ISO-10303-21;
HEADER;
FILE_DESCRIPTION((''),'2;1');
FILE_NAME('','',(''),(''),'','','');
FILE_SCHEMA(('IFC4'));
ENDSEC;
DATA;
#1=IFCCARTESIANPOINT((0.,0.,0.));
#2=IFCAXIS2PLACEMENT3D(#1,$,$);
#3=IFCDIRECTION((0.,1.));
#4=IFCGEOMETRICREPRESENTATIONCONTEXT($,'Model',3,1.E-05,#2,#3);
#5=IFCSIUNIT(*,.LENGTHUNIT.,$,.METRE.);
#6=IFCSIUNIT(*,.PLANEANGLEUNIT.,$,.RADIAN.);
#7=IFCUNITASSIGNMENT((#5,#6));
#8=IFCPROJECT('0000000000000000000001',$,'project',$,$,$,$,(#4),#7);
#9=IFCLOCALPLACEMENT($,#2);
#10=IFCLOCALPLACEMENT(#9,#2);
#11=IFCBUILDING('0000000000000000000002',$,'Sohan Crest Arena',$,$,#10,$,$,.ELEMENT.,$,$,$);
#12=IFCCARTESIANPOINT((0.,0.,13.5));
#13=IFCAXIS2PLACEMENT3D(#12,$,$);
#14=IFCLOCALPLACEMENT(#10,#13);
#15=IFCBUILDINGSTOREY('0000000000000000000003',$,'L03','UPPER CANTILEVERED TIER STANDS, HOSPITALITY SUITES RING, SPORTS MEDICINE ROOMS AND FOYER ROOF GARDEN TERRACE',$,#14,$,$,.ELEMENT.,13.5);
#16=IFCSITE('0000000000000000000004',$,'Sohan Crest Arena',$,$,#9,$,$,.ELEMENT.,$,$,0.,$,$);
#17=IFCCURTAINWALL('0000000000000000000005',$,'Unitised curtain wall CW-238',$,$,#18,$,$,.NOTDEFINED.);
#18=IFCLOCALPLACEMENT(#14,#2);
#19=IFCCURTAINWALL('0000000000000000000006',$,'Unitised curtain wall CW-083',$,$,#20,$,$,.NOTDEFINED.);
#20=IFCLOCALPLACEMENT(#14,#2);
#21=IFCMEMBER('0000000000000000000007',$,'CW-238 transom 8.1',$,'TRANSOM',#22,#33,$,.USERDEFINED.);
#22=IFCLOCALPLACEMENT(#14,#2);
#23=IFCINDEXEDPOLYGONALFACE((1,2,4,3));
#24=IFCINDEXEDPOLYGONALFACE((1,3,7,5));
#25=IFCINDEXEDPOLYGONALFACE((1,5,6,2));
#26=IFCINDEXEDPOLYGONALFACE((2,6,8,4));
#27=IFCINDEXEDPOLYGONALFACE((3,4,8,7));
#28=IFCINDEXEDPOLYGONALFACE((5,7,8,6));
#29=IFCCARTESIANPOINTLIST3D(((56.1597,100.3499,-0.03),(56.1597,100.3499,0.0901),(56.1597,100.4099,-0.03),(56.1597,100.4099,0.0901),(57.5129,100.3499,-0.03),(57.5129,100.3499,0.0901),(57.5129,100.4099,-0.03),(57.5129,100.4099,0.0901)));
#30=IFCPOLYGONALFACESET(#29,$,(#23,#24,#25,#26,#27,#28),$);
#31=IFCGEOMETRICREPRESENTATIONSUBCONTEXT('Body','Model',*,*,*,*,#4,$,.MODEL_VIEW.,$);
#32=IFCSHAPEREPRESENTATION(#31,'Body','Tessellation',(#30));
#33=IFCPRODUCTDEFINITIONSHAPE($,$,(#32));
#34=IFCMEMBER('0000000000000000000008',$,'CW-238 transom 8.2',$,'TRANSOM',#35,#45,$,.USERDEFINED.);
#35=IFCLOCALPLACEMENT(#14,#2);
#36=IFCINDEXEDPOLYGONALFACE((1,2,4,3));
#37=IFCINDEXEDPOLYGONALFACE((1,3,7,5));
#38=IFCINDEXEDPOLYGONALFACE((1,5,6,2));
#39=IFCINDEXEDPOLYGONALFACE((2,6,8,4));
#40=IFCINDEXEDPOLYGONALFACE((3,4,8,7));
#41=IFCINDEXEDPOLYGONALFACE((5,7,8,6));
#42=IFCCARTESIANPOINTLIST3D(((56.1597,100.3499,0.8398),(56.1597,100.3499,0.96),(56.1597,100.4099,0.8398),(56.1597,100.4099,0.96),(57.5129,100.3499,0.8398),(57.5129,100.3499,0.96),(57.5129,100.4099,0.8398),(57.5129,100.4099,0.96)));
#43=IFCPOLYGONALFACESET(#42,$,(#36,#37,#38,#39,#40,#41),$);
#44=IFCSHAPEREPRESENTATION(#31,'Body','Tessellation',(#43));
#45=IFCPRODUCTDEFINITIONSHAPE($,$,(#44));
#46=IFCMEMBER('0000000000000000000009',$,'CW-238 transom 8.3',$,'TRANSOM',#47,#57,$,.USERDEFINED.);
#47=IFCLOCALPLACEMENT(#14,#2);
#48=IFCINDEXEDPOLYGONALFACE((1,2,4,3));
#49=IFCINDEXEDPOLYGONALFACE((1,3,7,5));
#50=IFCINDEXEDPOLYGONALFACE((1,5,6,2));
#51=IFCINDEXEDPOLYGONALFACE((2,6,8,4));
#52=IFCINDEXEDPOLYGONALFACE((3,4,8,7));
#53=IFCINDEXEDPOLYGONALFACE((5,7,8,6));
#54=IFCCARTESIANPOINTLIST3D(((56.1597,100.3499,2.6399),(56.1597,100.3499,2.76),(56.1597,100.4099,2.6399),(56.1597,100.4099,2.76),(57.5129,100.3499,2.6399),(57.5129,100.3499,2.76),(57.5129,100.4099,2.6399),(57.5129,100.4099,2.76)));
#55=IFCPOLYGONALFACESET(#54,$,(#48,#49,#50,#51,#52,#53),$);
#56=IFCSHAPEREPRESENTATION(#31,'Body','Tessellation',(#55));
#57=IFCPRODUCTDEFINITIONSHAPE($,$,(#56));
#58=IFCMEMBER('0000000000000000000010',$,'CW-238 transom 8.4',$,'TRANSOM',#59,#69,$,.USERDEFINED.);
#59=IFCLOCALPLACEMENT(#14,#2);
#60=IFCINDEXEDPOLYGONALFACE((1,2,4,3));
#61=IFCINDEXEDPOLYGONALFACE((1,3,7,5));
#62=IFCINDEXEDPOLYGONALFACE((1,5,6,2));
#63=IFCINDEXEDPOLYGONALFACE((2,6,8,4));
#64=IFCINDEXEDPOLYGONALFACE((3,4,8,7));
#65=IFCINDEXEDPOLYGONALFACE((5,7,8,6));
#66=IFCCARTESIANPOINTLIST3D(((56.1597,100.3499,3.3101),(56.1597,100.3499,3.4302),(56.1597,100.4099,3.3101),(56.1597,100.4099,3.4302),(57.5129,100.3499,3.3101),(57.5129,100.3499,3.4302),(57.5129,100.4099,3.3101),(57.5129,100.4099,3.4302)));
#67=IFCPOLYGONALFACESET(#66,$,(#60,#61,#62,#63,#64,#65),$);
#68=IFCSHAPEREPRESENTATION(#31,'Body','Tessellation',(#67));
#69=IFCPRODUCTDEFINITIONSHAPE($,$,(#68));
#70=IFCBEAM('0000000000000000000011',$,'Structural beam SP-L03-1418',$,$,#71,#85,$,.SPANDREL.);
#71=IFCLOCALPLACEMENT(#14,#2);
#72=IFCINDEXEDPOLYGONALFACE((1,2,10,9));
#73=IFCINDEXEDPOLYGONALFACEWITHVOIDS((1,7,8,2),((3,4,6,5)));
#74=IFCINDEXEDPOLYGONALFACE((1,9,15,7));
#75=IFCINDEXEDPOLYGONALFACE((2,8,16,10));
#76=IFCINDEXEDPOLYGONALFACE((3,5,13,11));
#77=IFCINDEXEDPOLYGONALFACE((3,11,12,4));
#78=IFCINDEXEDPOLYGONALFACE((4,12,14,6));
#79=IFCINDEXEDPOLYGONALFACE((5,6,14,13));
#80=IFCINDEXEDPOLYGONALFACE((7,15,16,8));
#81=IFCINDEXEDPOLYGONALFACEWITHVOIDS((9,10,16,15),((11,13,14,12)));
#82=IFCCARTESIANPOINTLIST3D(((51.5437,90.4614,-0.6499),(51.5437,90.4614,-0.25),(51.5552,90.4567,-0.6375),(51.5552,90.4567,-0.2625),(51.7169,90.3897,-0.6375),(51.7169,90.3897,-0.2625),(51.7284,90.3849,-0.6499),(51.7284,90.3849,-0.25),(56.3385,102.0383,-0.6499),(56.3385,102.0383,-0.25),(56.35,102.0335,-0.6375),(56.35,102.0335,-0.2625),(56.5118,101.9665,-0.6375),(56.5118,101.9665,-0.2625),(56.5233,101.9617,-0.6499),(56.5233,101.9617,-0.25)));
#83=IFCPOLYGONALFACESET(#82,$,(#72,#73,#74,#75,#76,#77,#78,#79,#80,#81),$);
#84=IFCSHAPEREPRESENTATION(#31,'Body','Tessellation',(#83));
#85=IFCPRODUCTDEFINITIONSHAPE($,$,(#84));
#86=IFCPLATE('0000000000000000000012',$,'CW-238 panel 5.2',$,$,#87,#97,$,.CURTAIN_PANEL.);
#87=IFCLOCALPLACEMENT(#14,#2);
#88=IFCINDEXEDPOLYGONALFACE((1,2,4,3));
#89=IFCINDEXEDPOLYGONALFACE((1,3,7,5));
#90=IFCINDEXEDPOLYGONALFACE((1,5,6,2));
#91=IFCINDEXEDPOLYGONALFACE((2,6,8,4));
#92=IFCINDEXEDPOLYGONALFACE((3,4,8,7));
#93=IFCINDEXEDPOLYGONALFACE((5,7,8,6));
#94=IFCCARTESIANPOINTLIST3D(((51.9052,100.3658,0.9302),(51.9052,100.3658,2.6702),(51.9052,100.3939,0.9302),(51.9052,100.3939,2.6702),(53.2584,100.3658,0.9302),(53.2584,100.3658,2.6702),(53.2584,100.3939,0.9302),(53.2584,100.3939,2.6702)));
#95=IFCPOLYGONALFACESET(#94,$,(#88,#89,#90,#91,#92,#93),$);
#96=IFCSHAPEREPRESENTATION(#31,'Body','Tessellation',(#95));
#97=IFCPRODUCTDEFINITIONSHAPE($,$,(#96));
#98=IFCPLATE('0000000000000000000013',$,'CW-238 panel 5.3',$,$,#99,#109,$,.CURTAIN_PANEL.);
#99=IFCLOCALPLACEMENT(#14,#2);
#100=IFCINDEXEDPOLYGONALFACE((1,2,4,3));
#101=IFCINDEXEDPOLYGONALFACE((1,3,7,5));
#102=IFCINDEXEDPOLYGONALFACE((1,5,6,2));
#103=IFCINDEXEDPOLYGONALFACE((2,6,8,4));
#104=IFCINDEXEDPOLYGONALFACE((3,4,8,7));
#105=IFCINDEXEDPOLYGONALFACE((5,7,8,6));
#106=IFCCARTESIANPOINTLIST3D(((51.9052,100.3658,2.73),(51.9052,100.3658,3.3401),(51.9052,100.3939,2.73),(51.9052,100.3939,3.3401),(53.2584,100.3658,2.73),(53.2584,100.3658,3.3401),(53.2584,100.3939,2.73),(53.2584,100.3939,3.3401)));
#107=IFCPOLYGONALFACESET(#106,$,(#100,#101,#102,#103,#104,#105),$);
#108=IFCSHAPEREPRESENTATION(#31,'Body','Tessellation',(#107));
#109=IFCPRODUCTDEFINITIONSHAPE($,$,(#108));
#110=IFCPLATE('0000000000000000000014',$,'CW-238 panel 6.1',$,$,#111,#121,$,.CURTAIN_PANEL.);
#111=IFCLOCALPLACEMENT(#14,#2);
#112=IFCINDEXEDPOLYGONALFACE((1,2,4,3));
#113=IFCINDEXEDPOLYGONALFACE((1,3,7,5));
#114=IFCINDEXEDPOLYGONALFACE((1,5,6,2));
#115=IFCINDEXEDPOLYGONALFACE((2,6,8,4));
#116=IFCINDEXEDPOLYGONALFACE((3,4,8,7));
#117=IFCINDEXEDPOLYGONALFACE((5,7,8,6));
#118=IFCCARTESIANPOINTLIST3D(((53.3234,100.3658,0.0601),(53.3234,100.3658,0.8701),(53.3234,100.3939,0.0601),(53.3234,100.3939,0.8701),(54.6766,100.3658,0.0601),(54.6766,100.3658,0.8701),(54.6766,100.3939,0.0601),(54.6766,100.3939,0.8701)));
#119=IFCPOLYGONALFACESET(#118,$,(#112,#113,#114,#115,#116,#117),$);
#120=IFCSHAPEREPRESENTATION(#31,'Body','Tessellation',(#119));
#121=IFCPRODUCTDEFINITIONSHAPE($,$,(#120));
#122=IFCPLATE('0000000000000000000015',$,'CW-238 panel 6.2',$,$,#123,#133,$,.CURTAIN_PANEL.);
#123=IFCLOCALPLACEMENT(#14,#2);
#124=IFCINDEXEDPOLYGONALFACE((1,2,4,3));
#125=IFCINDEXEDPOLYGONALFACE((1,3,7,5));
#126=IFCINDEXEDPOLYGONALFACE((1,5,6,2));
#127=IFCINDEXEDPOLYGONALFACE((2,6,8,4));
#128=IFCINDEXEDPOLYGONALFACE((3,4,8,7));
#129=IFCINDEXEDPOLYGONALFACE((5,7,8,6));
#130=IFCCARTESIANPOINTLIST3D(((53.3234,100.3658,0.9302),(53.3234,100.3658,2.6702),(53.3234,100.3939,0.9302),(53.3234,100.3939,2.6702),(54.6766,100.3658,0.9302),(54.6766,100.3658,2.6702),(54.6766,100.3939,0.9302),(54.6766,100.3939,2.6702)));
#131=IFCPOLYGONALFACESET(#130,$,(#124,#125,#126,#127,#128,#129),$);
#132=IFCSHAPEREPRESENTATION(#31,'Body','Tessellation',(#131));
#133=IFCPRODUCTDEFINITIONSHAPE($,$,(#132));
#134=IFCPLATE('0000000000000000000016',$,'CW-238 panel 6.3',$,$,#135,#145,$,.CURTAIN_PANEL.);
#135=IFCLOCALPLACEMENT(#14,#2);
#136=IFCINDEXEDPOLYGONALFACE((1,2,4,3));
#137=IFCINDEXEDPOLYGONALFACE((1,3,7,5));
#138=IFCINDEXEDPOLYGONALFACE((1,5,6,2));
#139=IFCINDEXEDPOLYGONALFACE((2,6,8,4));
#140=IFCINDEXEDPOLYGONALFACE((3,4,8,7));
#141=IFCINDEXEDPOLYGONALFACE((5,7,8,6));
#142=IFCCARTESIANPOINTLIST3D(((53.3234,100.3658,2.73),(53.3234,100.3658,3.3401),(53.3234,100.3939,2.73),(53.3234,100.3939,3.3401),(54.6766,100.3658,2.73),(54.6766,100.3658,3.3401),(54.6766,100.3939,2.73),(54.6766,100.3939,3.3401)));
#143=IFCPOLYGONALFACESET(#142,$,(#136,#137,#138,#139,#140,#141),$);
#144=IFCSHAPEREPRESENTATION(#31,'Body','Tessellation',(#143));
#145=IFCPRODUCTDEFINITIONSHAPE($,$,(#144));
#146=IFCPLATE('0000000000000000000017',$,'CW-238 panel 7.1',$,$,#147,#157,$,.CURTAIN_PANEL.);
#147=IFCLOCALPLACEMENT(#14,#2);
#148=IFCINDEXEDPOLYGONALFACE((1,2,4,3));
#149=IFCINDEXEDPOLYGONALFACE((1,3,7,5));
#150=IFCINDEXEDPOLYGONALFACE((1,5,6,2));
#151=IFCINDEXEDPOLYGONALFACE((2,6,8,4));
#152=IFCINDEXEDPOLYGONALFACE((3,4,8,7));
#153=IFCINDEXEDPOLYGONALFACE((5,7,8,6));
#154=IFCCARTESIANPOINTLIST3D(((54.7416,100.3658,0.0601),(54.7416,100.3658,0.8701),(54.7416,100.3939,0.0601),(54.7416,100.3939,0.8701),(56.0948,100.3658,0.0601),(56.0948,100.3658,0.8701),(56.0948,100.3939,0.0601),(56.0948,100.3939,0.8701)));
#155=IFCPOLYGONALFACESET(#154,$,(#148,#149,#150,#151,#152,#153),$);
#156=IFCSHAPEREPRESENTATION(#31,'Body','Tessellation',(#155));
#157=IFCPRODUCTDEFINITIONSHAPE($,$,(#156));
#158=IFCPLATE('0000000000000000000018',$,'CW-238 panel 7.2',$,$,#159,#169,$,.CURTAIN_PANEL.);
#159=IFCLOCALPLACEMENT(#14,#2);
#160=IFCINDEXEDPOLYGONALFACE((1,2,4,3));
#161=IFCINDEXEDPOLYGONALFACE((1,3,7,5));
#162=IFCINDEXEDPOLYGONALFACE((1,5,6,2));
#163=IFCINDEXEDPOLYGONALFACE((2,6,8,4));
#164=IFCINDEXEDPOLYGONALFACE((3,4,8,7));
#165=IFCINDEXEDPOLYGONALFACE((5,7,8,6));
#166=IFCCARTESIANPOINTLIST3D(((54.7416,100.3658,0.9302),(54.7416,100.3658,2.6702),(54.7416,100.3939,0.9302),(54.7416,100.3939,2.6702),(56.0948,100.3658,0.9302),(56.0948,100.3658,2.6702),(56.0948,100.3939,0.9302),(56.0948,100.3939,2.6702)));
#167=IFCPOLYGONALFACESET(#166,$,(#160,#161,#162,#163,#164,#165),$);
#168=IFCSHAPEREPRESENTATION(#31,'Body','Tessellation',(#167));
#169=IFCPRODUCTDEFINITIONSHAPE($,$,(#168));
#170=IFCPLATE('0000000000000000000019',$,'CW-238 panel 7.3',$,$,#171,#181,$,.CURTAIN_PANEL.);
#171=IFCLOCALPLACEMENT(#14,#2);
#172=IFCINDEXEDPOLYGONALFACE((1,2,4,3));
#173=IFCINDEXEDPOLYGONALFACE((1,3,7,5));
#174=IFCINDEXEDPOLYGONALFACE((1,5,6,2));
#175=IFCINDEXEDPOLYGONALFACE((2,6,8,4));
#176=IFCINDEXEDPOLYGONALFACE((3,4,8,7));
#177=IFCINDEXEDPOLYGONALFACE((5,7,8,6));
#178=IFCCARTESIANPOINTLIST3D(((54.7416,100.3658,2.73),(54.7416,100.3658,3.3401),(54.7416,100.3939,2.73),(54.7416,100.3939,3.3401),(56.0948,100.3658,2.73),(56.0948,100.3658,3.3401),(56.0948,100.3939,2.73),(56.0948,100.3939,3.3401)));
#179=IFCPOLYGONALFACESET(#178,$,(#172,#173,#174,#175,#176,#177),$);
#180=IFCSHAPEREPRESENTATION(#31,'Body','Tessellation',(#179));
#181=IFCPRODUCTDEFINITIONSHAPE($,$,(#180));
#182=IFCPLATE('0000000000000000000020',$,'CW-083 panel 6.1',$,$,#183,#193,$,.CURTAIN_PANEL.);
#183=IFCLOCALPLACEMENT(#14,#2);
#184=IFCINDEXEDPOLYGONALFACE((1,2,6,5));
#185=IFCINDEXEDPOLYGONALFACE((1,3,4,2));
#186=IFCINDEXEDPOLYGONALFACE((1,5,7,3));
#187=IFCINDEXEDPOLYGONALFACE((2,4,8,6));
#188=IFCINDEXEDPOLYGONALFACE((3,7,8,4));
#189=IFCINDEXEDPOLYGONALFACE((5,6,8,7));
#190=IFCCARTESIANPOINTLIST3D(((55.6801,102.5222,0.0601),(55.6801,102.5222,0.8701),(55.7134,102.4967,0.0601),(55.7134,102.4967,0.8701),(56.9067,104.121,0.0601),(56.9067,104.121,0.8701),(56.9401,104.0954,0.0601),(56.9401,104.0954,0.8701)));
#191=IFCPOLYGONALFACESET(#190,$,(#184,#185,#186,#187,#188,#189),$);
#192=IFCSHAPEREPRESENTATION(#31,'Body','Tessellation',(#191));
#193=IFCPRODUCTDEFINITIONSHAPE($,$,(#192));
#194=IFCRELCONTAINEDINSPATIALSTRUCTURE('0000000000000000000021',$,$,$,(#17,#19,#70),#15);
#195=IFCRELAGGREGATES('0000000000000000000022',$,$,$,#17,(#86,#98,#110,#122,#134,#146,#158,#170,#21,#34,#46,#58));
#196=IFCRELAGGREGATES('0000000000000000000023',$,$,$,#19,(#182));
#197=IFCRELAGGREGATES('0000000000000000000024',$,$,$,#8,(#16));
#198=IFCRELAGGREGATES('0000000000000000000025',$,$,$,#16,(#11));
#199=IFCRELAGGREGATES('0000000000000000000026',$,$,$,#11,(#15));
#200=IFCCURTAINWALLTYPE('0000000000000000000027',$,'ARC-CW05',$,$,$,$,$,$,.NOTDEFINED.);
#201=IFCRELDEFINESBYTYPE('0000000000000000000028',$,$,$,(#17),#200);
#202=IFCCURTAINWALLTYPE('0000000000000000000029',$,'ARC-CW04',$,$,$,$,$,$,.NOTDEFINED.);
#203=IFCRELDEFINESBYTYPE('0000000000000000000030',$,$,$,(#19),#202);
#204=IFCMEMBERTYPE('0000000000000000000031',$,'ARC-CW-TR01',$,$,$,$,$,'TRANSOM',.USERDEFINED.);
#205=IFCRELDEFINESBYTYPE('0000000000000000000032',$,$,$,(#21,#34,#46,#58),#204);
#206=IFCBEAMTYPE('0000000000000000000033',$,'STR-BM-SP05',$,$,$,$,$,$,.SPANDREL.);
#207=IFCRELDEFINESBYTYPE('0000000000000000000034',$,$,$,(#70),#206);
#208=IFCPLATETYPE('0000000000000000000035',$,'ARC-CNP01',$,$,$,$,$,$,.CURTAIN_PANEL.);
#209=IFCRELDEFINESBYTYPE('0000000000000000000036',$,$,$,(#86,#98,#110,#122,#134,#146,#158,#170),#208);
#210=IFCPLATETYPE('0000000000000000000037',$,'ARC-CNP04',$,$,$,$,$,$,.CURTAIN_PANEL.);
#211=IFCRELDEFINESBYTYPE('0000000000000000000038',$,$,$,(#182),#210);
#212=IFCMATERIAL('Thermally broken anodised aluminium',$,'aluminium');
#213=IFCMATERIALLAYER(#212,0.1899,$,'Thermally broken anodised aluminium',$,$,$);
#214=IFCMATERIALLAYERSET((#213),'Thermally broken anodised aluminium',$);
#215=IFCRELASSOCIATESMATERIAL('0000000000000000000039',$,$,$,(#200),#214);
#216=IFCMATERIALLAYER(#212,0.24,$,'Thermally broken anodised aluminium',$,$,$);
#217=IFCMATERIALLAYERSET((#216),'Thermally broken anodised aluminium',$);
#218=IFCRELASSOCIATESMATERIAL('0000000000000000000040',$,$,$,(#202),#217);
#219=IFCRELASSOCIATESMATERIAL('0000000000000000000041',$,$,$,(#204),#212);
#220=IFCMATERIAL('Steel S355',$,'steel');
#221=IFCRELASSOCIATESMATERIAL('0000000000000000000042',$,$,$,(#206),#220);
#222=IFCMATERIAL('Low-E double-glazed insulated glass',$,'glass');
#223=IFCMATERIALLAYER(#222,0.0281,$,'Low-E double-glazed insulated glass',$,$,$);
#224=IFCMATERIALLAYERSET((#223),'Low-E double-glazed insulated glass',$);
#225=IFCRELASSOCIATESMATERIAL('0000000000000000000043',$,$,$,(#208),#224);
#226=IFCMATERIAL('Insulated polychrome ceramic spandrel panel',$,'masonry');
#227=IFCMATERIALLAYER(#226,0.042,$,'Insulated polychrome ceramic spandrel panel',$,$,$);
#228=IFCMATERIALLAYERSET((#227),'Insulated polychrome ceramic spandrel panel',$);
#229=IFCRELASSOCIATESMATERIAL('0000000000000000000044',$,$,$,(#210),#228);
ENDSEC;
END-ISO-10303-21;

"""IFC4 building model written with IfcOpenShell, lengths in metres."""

from ifc_helpers import new_model, si_unit, direction, frame, origin, origin_2d, place, context, subcontext, project, spatial, rectangle, hollow_rectangle, extrude, material, layer, layer_set, material_profile, profile_set, type_object, element, aggregate, save


model = new_model("IFC4")

# Units and contexts
model_context = context("Model", 3, precision=1e-05, world=origin(), true_north=direction((0.0, 1.0)))
body_context = subcontext(model_context, "Body", "Model", "MODEL_VIEW")
ifc_project = project(units=[si_unit("LENGTHUNIT", "METRE"), si_unit("PLANEANGLEUNIT", "RADIAN")], contexts=[model_context])

# Site, building, storey
site_placement = place(None, origin())
site = spatial("IfcSite", under=ifc_project, at=site_placement, Name="Sohan Crest Arena", CompositionType="ELEMENT", RefElevation=0.0)
building_placement = place(site_placement, origin())
building = spatial("IfcBuilding", under=site, at=building_placement, Name="Sohan Crest Arena", CompositionType="ELEMENT")
storey_placement = place(building_placement, frame((0.0, 0.0, 13.5)))
storey = spatial("IfcBuildingStorey", under=building, at=storey_placement, Name="L03", Description="UPPER CANTILEVERED TIER STANDS, HOSPITALITY SUITES RING, SPORTS MEDICINE ROOMS AND FOYER ROOF GARDEN TERRACE", CompositionType="ELEMENT", Elevation=13.5)

# Shared definitions
ifc_material_1 = material(Name="Steel S355", Category="steel")

# Curtain wall
ifc_material_2 = material(Name="Thermally broken anodised aluminium", Category="aluminium")
ifc_layer_1 = layer(ifc_material_2, 0.1899, Name="Thermally broken anodised aluminium")
ifc_layer_set_1 = layer_set([ifc_layer_1], Name="Thermally broken anodised aluminium")
curtain_wall_type_1 = type_object("IfcCurtainWallType", Name="ARC-CW05", PredefinedType="NOTDEFINED", material=ifc_layer_set_1)
curtain_wall_1_placement = place(storey_placement, origin())
curtain_wall_1 = element("IfcCurtainWall", 1, at=curtain_wall_1_placement, inside=storey, type_object=curtain_wall_type_1, Name="Unitised curtain wall CW-238", PredefinedType="NOTDEFINED")

# Curtain wall
ifc_layer_2 = layer(ifc_material_2, 0.24, Name="Thermally broken anodised aluminium")
ifc_layer_set_2 = layer_set([ifc_layer_2], Name="Thermally broken anodised aluminium")
curtain_wall_type_2 = type_object("IfcCurtainWallType", Name="ARC-CW04", PredefinedType="NOTDEFINED", material=ifc_layer_set_2)
curtain_wall_2_placement = place(storey_placement, origin())
curtain_wall_2 = element("IfcCurtainWall", 2, at=curtain_wall_2_placement, inside=storey, type_object=curtain_wall_type_2, Name="Unitised curtain wall CW-083", PredefinedType="NOTDEFINED")

# Members
ifc_material_profile_1 = material_profile(ifc_material_2, rectangle(XDim=0.0601, YDim=0.1201, at=origin_2d()), Name="ALU-TRAN 60x120")
ifc_profile_set_1 = profile_set([ifc_material_profile_1], Name="Thermally broken anodised aluminium")
member_type_1 = type_object("IfcMemberType", Name="ARC-CW-TR01", ElementType="TRANSOM", PredefinedType="USERDEFINED", material=ifc_profile_set_1)
member_1_placement = place(storey_placement, frame((56.1597, 100.3799, 0.03), z_axis=(1.0, 0.0, 0.0), x_axis=(0.0, 1.0, 0.0)))
member_1 = element("IfcMember", 3, at=member_1_placement, type_object=member_type_1, Name="CW-238 transom 8.1", ObjectType="TRANSOM", PredefinedType="USERDEFINED", context=body_context, shape_type="SweptSolid", body=[
    extrude(rectangle(XDim=0.0601, YDim=0.1201, at=origin_2d()), origin(), (0.0, 0.0, 1.0), 1.3533),
])
member_2_placement = place(storey_placement, frame((56.1597, 100.3799, 0.8999), z_axis=(1.0, 0.0, 0.0), x_axis=(0.0, 1.0, 0.0)))
member_2 = element("IfcMember", 4, at=member_2_placement, type_object=member_type_1, Name="CW-238 transom 8.2", ObjectType="TRANSOM", PredefinedType="USERDEFINED", context=body_context, shape_type="SweptSolid", body=[
    extrude(rectangle(XDim=0.0601, YDim=0.1201, at=origin_2d()), origin(), (0.0, 0.0, 1.0), 1.3533),
])
member_3_placement = place(storey_placement, frame((56.1597, 100.3799, 2.7), z_axis=(1.0, 0.0, 0.0), x_axis=(0.0, 1.0, 0.0)))
member_3 = element("IfcMember", 5, at=member_3_placement, type_object=member_type_1, Name="CW-238 transom 8.3", ObjectType="TRANSOM", PredefinedType="USERDEFINED", context=body_context, shape_type="SweptSolid", body=[
    extrude(rectangle(XDim=0.0601, YDim=0.1201, at=origin_2d()), origin(), (0.0, 0.0, 1.0), 1.3533),
])
member_4_placement = place(storey_placement, frame((56.1597, 100.3799, 3.3701), z_axis=(1.0, 0.0, 0.0), x_axis=(0.0, 1.0, 0.0)))
member_4 = element("IfcMember", 6, at=member_4_placement, type_object=member_type_1, Name="CW-238 transom 8.4", ObjectType="TRANSOM", PredefinedType="USERDEFINED", context=body_context, shape_type="SweptSolid", body=[
    extrude(rectangle(XDim=0.0601, YDim=0.1201, at=origin_2d()), origin(), (0.0, 0.0, 1.0), 1.3533),
])

# Beam
ifc_material_profile_2 = material_profile(ifc_material_1, hollow_rectangle(XDim=0.2, YDim=0.3999, WallThickness=0.0125, at=origin_2d()), Name="RHS 400x200x12.5")
ifc_profile_set_2 = profile_set([ifc_material_profile_2], Name="Steel S355")
beam_type = type_object("IfcBeamType", Name="STR-BM-SP05", PredefinedType="SPANDREL", material=ifc_profile_set_2)
beam_placement = place(storey_placement, frame((56.4309, 102.0, -0.45), z_axis=(-0.382657, -0.923891, 0.0), x_axis=(0.923891, -0.382657, 0.0)))
element("IfcBeam", 7, at=beam_placement, inside=storey, type_object=beam_type, Name="Structural beam SP-L03-1418", PredefinedType="SPANDREL", context=body_context, shape_type="SweptSolid", body=[
    extrude(hollow_rectangle(XDim=0.2, YDim=0.3999, WallThickness=0.0125, at=origin_2d()), origin(), (0.0, 0.0, 1.0), 12.5305),
])

# Plates
ifc_material_3 = material(Name="Low-E double-glazed insulated glass", Category="glass")
ifc_layer_3 = layer(ifc_material_3, 0.0281, Name="Low-E double-glazed insulated glass")
ifc_layer_set_3 = layer_set([ifc_layer_3], Name="Low-E double-glazed insulated glass")
plate_type_1 = type_object("IfcPlateType", Name="ARC-CNP01", PredefinedType="CURTAIN_PANEL", material=ifc_layer_set_3)
plate_1_placement = place(storey_placement, frame((52.5818, 100.3799, 0.9302), z_axis=(0.0, 0.0, 1.0), x_axis=(1.0, 0.0, 0.0)))
plate_1 = element("IfcPlate", 8, at=plate_1_placement, type_object=plate_type_1, Name="CW-238 panel 5.2", PredefinedType="CURTAIN_PANEL", context=body_context, shape_type="SweptSolid", body=[
    extrude(rectangle(XDim=1.3533, YDim=0.0281, at=origin_2d()), origin(), (0.0, 0.0, 1.0), 1.74),
])
plate_2_placement = place(storey_placement, frame((52.5818, 100.3799, 2.73), z_axis=(0.0, 0.0, 1.0), x_axis=(1.0, 0.0, 0.0)))
plate_2 = element("IfcPlate", 9, at=plate_2_placement, type_object=plate_type_1, Name="CW-238 panel 5.3", PredefinedType="CURTAIN_PANEL", context=body_context, shape_type="SweptSolid", body=[
    extrude(rectangle(XDim=1.3533, YDim=0.0281, at=origin_2d()), origin(), (0.0, 0.0, 1.0), 0.6101),
])
plate_3_placement = place(storey_placement, frame((54.0, 100.3799, 0.0601), z_axis=(0.0, 0.0, 1.0), x_axis=(1.0, 0.0, 0.0)))
plate_3 = element("IfcPlate", 10, at=plate_3_placement, type_object=plate_type_1, Name="CW-238 panel 6.1", PredefinedType="CURTAIN_PANEL", context=body_context, shape_type="SweptSolid", body=[
    extrude(rectangle(XDim=1.3533, YDim=0.0281, at=origin_2d()), origin(), (0.0, 0.0, 1.0), 0.8101),
])
plate_4_placement = place(storey_placement, frame((54.0, 100.3799, 0.9302), z_axis=(0.0, 0.0, 1.0), x_axis=(1.0, 0.0, 0.0)))
plate_4 = element("IfcPlate", 11, at=plate_4_placement, type_object=plate_type_1, Name="CW-238 panel 6.2", PredefinedType="CURTAIN_PANEL", context=body_context, shape_type="SweptSolid", body=[
    extrude(rectangle(XDim=1.3533, YDim=0.0281, at=origin_2d()), origin(), (0.0, 0.0, 1.0), 1.74),
])
plate_5_placement = place(storey_placement, frame((54.0, 100.3799, 2.73), z_axis=(0.0, 0.0, 1.0), x_axis=(1.0, 0.0, 0.0)))
plate_5 = element("IfcPlate", 12, at=plate_5_placement, type_object=plate_type_1, Name="CW-238 panel 6.3", PredefinedType="CURTAIN_PANEL", context=body_context, shape_type="SweptSolid", body=[
    extrude(rectangle(XDim=1.3533, YDim=0.0281, at=origin_2d()), origin(), (0.0, 0.0, 1.0), 0.6101),
])
plate_6_placement = place(storey_placement, frame((55.4182, 100.3799, 0.0601), z_axis=(0.0, 0.0, 1.0), x_axis=(1.0, 0.0, 0.0)))
plate_6 = element("IfcPlate", 13, at=plate_6_placement, type_object=plate_type_1, Name="CW-238 panel 7.1", PredefinedType="CURTAIN_PANEL", context=body_context, shape_type="SweptSolid", body=[
    extrude(rectangle(XDim=1.3533, YDim=0.0281, at=origin_2d()), origin(), (0.0, 0.0, 1.0), 0.8101),
])
plate_7_placement = place(storey_placement, frame((55.4182, 100.3799, 0.9302), z_axis=(0.0, 0.0, 1.0), x_axis=(1.0, 0.0, 0.0)))
plate_7 = element("IfcPlate", 14, at=plate_7_placement, type_object=plate_type_1, Name="CW-238 panel 7.2", PredefinedType="CURTAIN_PANEL", context=body_context, shape_type="SweptSolid", body=[
    extrude(rectangle(XDim=1.3533, YDim=0.0281, at=origin_2d()), origin(), (0.0, 0.0, 1.0), 1.74),
])
plate_8_placement = place(storey_placement, frame((55.4182, 100.3799, 2.73), z_axis=(0.0, 0.0, 1.0), x_axis=(1.0, 0.0, 0.0)))
plate_8 = element("IfcPlate", 15, at=plate_8_placement, type_object=plate_type_1, Name="CW-238 panel 7.3", PredefinedType="CURTAIN_PANEL", context=body_context, shape_type="SweptSolid", body=[
    extrude(rectangle(XDim=1.3533, YDim=0.0281, at=origin_2d()), origin(), (0.0, 0.0, 1.0), 0.6101),
])
aggregate(curtain_wall_1, [plate_1, plate_2, plate_3, plate_4, plate_5, plate_6, plate_7, plate_8, member_1, member_2, member_3, member_4])
ifc_material_4 = material(Name="Insulated polychrome ceramic spandrel panel", Category="masonry")
ifc_layer_4 = layer(ifc_material_4, 0.042, Name="Insulated polychrome ceramic spandrel panel")
ifc_layer_set_4 = layer_set([ifc_layer_4], Name="Insulated polychrome ceramic spandrel panel")
plate_type_2 = type_object("IfcPlateType", Name="ARC-CNP04", PredefinedType="CURTAIN_PANEL", material=ifc_layer_set_4)
plate_9_placement = place(storey_placement, frame((56.3101, 103.3088, 0.0601), z_axis=(0.0, 0.0, 1.0), x_axis=(-0.608737, -0.793372, 0.0)))
plate_9 = element("IfcPlate", 16, at=plate_9_placement, type_object=plate_type_2, Name="CW-083 panel 6.1", PredefinedType="CURTAIN_PANEL", context=body_context, shape_type="SweptSolid", body=[
    extrude(rectangle(XDim=2.0151, YDim=0.042, at=origin_2d()), origin(), (0.0, 0.0, 1.0), 0.8101),
])
aggregate(curtain_wall_2, [plate_9])

save(model, "model.ifc")
